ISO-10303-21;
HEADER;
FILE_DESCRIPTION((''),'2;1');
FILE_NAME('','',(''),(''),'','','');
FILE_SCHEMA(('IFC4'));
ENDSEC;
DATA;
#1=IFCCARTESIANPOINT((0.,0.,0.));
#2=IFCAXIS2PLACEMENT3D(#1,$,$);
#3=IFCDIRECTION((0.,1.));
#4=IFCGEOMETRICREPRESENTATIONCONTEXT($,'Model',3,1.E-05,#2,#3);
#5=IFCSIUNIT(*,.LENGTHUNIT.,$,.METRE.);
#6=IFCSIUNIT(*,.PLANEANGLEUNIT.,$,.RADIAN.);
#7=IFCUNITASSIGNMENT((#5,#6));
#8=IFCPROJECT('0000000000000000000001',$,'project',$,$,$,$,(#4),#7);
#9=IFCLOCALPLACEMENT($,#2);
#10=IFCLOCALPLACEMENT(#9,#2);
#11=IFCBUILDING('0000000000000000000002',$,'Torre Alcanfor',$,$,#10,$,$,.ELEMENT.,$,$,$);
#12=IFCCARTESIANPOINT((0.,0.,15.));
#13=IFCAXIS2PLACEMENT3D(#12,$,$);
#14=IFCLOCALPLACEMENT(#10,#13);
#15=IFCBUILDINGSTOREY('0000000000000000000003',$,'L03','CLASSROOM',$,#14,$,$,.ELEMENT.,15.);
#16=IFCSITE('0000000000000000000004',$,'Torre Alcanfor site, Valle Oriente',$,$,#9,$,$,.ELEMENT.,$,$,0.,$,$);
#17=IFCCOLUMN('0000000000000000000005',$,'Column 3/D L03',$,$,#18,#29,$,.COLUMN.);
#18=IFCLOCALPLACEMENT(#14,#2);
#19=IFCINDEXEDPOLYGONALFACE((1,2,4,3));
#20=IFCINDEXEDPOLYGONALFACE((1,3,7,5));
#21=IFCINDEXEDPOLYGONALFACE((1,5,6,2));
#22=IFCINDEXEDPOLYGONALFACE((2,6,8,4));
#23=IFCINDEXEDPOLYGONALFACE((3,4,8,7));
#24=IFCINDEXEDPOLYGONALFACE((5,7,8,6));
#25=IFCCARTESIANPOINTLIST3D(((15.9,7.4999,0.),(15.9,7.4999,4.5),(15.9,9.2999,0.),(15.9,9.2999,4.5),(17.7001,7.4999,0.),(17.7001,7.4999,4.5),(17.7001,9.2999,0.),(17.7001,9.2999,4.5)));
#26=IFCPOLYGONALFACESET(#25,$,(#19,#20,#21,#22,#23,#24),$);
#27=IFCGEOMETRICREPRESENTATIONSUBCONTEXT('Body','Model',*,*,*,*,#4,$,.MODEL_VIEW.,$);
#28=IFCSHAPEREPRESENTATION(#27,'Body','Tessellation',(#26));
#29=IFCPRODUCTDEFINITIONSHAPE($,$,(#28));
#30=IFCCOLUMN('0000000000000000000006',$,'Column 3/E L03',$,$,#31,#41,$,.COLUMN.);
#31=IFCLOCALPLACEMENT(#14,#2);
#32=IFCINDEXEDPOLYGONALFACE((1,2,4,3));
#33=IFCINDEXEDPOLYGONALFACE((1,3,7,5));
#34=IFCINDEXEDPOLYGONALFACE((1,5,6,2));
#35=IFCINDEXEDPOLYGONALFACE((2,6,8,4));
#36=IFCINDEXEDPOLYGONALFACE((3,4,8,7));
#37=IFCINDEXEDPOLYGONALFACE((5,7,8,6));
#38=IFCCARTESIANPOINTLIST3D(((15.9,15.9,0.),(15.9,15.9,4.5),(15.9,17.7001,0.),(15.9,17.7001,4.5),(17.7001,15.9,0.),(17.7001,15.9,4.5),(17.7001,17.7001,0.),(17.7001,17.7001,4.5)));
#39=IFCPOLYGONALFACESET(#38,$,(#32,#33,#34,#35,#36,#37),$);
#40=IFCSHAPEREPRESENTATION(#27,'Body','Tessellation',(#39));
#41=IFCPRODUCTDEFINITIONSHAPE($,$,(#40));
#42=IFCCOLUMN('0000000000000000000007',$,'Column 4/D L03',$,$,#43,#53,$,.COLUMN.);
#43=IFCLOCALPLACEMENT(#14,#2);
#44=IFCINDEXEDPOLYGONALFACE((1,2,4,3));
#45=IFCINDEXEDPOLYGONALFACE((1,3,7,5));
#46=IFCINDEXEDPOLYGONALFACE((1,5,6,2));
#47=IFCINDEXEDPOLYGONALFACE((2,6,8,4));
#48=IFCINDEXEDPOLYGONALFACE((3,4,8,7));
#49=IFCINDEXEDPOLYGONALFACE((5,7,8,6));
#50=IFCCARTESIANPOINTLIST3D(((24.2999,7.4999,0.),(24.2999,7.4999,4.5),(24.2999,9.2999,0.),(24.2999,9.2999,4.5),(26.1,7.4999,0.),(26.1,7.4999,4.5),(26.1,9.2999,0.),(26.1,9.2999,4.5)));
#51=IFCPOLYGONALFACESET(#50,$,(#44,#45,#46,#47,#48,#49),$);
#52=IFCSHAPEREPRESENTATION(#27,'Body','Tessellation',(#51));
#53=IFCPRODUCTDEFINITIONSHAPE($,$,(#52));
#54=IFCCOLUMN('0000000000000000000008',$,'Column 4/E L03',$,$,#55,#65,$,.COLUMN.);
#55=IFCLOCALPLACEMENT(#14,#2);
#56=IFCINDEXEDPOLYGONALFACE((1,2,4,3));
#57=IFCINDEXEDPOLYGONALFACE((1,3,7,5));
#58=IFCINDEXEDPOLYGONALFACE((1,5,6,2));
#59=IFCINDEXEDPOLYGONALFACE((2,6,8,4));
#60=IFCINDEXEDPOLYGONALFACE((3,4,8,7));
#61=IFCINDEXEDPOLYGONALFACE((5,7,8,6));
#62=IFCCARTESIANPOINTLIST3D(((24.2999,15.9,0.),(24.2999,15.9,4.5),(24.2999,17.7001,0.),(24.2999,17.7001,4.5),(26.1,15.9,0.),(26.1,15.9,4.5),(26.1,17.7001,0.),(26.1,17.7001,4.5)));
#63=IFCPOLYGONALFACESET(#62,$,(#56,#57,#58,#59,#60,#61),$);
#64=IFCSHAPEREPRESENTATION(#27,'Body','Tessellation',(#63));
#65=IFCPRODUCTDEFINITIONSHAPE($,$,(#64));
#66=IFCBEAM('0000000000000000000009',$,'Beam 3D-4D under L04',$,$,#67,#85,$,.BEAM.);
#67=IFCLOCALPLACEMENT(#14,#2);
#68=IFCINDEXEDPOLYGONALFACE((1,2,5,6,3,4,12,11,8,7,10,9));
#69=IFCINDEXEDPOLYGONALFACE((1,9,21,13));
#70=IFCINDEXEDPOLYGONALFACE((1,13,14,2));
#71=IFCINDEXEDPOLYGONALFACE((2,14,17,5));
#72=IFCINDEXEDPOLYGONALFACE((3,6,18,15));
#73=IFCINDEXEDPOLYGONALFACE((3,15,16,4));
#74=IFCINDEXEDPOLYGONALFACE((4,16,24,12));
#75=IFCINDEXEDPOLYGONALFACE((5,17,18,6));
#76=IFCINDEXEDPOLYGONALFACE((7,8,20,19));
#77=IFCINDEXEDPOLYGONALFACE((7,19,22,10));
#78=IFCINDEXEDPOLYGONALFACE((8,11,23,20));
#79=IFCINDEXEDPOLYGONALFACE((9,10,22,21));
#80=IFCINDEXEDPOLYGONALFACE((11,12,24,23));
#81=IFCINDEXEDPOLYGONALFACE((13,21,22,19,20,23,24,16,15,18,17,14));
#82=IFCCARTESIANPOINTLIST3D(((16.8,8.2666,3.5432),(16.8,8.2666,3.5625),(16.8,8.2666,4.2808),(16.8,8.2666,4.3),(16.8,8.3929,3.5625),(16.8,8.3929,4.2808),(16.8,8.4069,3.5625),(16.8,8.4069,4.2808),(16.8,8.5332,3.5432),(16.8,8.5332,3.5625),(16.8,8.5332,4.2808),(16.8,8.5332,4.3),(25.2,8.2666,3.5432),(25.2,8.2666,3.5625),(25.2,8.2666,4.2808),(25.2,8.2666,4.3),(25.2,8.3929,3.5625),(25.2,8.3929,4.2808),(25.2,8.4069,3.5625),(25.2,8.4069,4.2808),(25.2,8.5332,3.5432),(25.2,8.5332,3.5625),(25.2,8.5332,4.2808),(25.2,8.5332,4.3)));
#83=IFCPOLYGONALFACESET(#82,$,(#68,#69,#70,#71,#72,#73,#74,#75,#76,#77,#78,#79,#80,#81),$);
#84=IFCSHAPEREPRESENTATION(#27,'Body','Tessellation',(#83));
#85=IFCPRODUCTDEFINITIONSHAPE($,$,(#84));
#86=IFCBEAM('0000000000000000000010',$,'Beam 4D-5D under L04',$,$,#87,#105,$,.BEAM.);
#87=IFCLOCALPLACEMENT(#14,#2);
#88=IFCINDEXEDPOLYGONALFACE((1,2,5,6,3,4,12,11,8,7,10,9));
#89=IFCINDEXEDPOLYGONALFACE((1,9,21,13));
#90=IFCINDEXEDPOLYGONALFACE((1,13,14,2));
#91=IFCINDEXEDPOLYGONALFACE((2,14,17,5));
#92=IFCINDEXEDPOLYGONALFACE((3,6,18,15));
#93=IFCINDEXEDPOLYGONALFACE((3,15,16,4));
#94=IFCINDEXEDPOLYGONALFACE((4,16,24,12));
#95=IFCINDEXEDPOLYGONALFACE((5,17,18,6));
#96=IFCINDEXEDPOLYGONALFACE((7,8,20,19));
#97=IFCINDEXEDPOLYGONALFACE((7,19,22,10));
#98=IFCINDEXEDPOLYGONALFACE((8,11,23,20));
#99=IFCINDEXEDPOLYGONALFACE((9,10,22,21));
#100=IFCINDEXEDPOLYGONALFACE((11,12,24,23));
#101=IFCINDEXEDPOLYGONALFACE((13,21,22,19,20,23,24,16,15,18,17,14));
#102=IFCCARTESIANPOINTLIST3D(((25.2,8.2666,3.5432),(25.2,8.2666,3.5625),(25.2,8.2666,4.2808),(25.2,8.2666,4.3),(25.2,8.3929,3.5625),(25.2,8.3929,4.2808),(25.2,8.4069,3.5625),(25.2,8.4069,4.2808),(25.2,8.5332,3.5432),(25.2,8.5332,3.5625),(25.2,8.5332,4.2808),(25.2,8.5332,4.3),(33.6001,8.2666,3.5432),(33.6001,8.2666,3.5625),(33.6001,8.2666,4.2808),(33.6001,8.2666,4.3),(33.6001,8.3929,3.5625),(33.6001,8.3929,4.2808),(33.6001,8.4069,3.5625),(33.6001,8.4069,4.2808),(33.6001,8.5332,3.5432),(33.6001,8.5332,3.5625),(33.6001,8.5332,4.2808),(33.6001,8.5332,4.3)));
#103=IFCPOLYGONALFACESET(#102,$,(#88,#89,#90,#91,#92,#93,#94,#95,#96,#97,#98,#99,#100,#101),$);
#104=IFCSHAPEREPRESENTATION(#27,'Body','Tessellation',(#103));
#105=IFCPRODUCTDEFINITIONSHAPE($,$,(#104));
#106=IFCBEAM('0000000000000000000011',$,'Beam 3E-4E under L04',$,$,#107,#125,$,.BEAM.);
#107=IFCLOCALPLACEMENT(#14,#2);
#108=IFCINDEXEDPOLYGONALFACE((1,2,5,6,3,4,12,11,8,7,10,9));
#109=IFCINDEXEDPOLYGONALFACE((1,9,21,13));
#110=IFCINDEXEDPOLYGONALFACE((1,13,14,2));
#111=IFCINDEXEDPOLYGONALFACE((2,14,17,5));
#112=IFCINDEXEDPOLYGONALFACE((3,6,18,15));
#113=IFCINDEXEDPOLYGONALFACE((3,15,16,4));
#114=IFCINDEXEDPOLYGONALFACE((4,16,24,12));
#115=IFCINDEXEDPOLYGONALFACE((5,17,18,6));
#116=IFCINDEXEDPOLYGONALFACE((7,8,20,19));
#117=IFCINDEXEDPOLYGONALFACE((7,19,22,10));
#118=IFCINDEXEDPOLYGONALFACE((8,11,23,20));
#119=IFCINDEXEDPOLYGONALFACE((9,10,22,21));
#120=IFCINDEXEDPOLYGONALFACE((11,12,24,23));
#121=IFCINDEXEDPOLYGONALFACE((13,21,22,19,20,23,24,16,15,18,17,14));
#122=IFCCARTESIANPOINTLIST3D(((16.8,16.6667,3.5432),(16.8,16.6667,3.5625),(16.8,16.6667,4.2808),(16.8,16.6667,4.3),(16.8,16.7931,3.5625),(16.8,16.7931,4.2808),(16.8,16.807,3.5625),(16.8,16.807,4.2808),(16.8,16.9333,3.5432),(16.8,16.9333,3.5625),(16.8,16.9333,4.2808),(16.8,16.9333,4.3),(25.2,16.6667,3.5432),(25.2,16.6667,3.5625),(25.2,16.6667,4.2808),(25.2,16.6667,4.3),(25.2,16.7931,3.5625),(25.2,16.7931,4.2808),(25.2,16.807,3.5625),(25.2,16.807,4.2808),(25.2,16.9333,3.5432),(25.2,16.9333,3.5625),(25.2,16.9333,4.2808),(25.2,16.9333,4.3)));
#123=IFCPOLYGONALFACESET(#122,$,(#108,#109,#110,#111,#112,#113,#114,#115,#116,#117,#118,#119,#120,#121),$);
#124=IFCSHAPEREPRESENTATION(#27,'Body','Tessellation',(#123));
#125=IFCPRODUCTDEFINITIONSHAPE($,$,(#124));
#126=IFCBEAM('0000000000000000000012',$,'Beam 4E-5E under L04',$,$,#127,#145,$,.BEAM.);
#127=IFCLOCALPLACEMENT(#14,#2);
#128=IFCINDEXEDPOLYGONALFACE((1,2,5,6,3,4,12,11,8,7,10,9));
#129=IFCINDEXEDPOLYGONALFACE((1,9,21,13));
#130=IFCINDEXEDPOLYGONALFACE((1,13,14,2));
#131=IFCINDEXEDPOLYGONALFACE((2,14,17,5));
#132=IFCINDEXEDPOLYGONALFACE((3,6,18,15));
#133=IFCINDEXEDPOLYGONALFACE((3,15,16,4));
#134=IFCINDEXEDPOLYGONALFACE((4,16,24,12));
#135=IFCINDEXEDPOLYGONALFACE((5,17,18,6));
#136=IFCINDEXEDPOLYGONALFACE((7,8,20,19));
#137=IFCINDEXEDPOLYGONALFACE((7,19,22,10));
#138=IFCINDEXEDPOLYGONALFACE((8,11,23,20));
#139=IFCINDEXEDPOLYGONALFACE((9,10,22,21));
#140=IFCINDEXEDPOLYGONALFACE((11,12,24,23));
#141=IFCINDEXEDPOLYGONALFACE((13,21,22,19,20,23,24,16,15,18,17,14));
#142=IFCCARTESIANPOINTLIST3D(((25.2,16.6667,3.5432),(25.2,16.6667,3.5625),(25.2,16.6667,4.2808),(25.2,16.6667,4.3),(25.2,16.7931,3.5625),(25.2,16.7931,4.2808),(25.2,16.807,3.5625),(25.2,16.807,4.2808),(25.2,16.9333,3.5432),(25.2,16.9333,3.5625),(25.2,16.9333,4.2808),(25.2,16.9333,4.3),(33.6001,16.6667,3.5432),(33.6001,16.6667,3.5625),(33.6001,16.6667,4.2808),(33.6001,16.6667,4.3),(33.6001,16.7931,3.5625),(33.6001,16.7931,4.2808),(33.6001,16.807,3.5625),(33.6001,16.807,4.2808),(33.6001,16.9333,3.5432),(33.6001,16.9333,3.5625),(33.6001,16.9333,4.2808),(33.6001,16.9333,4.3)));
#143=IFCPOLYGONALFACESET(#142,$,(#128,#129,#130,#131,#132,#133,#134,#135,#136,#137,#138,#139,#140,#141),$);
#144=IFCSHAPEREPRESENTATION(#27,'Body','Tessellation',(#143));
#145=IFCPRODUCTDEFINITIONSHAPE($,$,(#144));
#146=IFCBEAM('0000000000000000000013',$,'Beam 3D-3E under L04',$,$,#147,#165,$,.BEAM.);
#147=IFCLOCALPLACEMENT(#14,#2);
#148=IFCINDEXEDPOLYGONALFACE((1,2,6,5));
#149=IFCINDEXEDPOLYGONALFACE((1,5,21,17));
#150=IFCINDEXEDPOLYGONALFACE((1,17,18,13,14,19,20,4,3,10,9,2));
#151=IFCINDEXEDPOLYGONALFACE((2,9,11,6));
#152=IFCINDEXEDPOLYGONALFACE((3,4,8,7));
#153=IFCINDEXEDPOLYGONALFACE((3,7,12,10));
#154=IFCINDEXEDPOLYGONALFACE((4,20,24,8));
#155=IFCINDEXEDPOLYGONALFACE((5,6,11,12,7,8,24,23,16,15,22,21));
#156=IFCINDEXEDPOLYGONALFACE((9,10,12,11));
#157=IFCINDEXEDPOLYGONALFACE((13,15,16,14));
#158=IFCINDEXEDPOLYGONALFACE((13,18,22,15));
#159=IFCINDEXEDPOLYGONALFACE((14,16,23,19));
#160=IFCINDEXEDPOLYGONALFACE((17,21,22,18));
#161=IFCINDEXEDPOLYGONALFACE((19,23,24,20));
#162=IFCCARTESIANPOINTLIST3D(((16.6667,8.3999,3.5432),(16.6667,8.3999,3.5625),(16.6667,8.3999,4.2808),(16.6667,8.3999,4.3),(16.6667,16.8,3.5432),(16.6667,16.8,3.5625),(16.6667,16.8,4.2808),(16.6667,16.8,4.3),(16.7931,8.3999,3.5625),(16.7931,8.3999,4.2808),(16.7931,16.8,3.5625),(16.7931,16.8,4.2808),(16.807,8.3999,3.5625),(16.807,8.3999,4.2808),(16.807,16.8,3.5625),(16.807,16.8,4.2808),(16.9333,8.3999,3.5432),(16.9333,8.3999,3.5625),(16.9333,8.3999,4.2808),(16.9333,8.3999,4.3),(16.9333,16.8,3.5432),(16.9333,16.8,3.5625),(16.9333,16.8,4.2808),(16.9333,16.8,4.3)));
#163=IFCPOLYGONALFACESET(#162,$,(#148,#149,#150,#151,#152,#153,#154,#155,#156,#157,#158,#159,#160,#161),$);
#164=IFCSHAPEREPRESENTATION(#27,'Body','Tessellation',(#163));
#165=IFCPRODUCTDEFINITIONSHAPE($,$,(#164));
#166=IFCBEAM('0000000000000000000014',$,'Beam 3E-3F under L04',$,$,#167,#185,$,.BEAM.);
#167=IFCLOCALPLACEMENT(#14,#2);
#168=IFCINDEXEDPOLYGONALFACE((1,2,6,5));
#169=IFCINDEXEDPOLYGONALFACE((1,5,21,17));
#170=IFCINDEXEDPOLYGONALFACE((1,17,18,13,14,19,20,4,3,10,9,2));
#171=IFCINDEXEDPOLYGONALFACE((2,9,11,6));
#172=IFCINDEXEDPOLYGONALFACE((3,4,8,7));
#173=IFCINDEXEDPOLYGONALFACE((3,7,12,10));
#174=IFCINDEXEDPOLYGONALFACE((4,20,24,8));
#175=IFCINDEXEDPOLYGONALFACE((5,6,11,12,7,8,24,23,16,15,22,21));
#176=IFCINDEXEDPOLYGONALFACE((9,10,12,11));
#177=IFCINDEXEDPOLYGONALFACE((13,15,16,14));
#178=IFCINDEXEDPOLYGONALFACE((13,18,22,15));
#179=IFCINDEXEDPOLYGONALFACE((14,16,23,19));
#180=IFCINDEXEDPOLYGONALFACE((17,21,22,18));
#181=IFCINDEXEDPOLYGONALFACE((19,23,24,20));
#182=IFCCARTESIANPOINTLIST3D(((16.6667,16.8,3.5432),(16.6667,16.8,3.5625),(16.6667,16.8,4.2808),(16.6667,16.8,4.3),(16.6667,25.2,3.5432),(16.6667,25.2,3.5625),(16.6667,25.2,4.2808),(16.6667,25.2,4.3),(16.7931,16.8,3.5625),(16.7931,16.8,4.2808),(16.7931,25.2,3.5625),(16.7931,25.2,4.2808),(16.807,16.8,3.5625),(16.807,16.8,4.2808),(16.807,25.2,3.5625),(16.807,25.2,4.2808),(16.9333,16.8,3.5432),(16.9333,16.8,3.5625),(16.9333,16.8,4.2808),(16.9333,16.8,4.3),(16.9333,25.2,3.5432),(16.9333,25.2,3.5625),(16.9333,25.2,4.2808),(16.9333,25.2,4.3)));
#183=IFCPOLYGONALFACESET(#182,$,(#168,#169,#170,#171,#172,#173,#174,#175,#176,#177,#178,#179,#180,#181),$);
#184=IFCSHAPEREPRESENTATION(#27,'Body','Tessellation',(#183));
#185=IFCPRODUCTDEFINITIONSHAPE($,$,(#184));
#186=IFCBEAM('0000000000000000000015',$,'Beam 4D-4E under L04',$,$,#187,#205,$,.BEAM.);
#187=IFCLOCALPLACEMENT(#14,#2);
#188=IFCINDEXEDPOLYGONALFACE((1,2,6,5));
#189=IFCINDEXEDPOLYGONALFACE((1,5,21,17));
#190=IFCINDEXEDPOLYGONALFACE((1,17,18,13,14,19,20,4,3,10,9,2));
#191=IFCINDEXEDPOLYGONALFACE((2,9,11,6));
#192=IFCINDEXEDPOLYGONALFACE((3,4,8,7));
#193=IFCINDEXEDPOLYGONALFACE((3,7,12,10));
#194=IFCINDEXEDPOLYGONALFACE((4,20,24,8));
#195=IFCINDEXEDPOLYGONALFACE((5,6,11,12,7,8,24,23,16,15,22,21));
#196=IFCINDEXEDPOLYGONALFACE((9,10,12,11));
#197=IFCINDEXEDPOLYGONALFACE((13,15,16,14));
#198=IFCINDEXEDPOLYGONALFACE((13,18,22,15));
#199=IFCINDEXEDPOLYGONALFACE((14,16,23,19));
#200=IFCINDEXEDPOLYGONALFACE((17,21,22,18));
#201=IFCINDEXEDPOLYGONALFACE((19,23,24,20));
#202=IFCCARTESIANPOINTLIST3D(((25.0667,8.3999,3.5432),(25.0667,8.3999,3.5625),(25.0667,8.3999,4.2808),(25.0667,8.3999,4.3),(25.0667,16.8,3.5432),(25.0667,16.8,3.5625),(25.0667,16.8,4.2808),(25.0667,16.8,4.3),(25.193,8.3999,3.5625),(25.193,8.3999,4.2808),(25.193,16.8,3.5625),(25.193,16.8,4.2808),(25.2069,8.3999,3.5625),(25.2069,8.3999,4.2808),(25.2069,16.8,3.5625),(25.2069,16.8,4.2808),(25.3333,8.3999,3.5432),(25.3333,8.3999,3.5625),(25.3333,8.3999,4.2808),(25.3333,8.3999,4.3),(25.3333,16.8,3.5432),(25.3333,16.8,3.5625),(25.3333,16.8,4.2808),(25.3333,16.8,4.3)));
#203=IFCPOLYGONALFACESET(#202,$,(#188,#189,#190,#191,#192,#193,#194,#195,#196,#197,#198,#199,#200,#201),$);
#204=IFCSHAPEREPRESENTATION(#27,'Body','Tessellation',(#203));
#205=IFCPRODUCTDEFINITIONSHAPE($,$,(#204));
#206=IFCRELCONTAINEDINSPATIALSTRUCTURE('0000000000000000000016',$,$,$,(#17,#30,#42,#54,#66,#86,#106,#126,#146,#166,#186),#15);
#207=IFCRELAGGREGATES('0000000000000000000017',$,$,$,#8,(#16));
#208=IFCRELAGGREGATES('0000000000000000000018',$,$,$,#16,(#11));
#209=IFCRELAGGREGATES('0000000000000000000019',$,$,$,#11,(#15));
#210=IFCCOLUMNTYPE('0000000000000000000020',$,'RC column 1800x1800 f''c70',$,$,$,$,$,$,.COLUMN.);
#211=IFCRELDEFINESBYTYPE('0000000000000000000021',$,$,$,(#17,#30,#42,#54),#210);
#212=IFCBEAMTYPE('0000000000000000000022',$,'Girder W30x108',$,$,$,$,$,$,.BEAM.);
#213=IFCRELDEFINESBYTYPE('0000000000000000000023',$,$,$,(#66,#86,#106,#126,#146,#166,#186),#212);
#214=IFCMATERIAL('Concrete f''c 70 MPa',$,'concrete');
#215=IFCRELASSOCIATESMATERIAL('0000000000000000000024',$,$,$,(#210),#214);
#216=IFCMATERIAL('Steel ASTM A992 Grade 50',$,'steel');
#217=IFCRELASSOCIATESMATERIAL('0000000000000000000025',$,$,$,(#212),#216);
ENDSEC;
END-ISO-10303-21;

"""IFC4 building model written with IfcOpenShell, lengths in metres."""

from ifc_helpers import new_model, si_unit, direction, frame, origin, origin_2d, place, context, subcontext, project, spatial, rectangle, i_section, extrude, material, material_profile, profile_set, type_object, element, save


model = new_model("IFC4")

# Units and contexts
model_context = context("Model", 3, precision=1e-05, world=origin(), true_north=direction((0.0, 1.0)))
body_context = subcontext(model_context, "Body", "Model", "MODEL_VIEW")
ifc_project = project(units=[si_unit("LENGTHUNIT", "METRE"), si_unit("PLANEANGLEUNIT", "RADIAN")], contexts=[model_context])

# Site, building, storey
site_placement = place(None, origin())
site = spatial("IfcSite", under=ifc_project, at=site_placement, Name="Torre Alcanfor site, Valle Oriente", CompositionType="ELEMENT", RefElevation=0.0)
building_placement = place(site_placement, origin())
building = spatial("IfcBuilding", under=site, at=building_placement, Name="Torre Alcanfor", CompositionType="ELEMENT")
storey_placement = place(building_placement, frame((0.0, 0.0, 15.0)))
storey = spatial("IfcBuildingStorey", under=building, at=storey_placement, Name="L03", Description="CLASSROOM", CompositionType="ELEMENT", Elevation=15.0)

# Columns
ifc_material_1 = material(Name="Concrete f'c 70 MPa", Category="concrete")
ifc_material_profile_1 = material_profile(ifc_material_1, rectangle(XDim=1.8, YDim=1.8, at=origin_2d()), Name="1800x1800")
ifc_profile_set_1 = profile_set([ifc_material_profile_1], Name="Concrete f'c 70 MPa")
column_type = type_object("IfcColumnType", Name="RC column 1800x1800 f'c70", PredefinedType="COLUMN", material=ifc_profile_set_1)
for number, where, z_axis, x_axis, name in (
    (1, (16.8, 8.3999, 0.0), (0.0, 0.0, 1.0), (1.0, 0.0, 0.0), "Column 3/D L03"),
    (2, (16.8, 16.8, 0.0), (0.0, 0.0, 1.0), (1.0, 0.0, 0.0), "Column 3/E L03"),
    (3, (25.2, 8.3999, 0.0), (0.0, 0.0, 1.0), (1.0, 0.0, 0.0), "Column 4/D L03"),
    (4, (25.2, 16.8, 0.0), (0.0, 0.0, 1.0), (1.0, 0.0, 0.0), "Column 4/E L03"),
):
    element("IfcColumn", number, at=place(storey_placement, frame(where, z_axis=z_axis, x_axis=x_axis)), inside=storey, type_object=column_type, Name=name, PredefinedType="COLUMN", context=body_context, shape_type="SweptSolid", body=[
        extrude(rectangle(XDim=1.8, YDim=1.8, at=origin_2d()), origin(), (0.0, 0.0, 1.0), 4.5),
    ])

# Beams
ifc_material_2 = material(Name="Steel ASTM A992 Grade 50", Category="steel")
ifc_material_profile_2 = material_profile(ifc_material_2, i_section(OverallWidth=0.2666, OverallDepth=0.7568, WebThickness=0.0139, FlangeThickness=0.0193, at=origin_2d()), Name="W30x108")
ifc_profile_set_2 = profile_set([ifc_material_profile_2], Name="Steel ASTM A992 Grade 50")
beam_type_1 = type_object("IfcBeamType", Name="Girder W30x108", PredefinedType="BEAM", material=ifc_profile_set_2)
beam_1_placement = place(storey_placement, frame((16.8, 8.3999, 3.9216), z_axis=(1.0, 0.0, 0.0), x_axis=(0.0, 1.0, 0.0)))
element("IfcBeam", 5, at=beam_1_placement, inside=storey, type_object=beam_type_1, Name="Beam 3D-4D under L04", PredefinedType="BEAM", context=body_context, shape_type="SweptSolid", body=[
    extrude(i_section(OverallWidth=0.2666, OverallDepth=0.7568, WebThickness=0.0139, FlangeThickness=0.0193, at=origin_2d()), origin(), (0.0, 0.0, 1.0), 8.3999),
])
beam_2_placement = place(storey_placement, frame((25.2, 8.3999, 3.9216), z_axis=(1.0, 0.0, 0.0), x_axis=(0.0, 1.0, 0.0)))
element("IfcBeam", 6, at=beam_2_placement, inside=storey, type_object=beam_type_1, Name="Beam 4D-5D under L04", PredefinedType="BEAM", context=body_context, shape_type="SweptSolid", body=[
    extrude(i_section(OverallWidth=0.2666, OverallDepth=0.7568, WebThickness=0.0139, FlangeThickness=0.0193, at=origin_2d()), origin(), (0.0, 0.0, 1.0), 8.4001),
])
beam_3_placement = place(storey_placement, frame((16.8, 16.8, 3.9216), z_axis=(1.0, 0.0, 0.0), x_axis=(0.0, 1.0, 0.0)))
element("IfcBeam", 7, at=beam_3_placement, inside=storey, type_object=beam_type_1, Name="Beam 3E-4E under L04", PredefinedType="BEAM", context=body_context, shape_type="SweptSolid", body=[
    extrude(i_section(OverallWidth=0.2666, OverallDepth=0.7568, WebThickness=0.0139, FlangeThickness=0.0193, at=origin_2d()), origin(), (0.0, 0.0, 1.0), 8.3999),
])
for number, where, z_axis, x_axis, name in (
    (8, (25.2, 16.8, 3.9216), (1.0, 0.0, 0.0), (0.0, 1.0, 0.0), "Beam 4E-5E under L04"),
    (9, (16.8, 8.3999, 3.9216), (0.0, 1.0, 0.0), (-1.0, 0.0, 0.0), "Beam 3D-3E under L04"),
):
    element("IfcBeam", number, at=place(storey_placement, frame(where, z_axis=z_axis, x_axis=x_axis)), inside=storey, type_object=beam_type_1, Name=name, PredefinedType="BEAM", context=body_context, shape_type="SweptSolid", body=[
        extrude(i_section(OverallWidth=0.2666, OverallDepth=0.7568, WebThickness=0.0139, FlangeThickness=0.0193, at=origin_2d()), origin(), (0.0, 0.0, 1.0), 8.4001),
    ])
beam_4_placement = place(storey_placement, frame((16.8, 16.8, 3.9216), z_axis=(0.0, 1.0, 0.0), x_axis=(-1.0, 0.0, 0.0)))
element("IfcBeam", 10, at=beam_4_placement, inside=storey, type_object=beam_type_1, Name="Beam 3E-3F under L04", PredefinedType="BEAM", context=body_context, shape_type="SweptSolid", body=[
    extrude(i_section(OverallWidth=0.2666, OverallDepth=0.7568, WebThickness=0.0139, FlangeThickness=0.0193, at=origin_2d()), origin(), (0.0, 0.0, 1.0), 8.3999),
])
beam_5_placement = place(storey_placement, frame((25.2, 8.3999, 3.9216), z_axis=(0.0, 1.0, 0.0), x_axis=(-1.0, 0.0, 0.0)))
element("IfcBeam", 11, at=beam_5_placement, inside=storey, type_object=beam_type_1, Name="Beam 4D-4E under L04", PredefinedType="BEAM", context=body_context, shape_type="SweptSolid", body=[
    extrude(i_section(OverallWidth=0.2666, OverallDepth=0.7568, WebThickness=0.0139, FlangeThickness=0.0193, at=origin_2d()), origin(), (0.0, 0.0, 1.0), 8.4001),
])

save(model, "model.ifc")
